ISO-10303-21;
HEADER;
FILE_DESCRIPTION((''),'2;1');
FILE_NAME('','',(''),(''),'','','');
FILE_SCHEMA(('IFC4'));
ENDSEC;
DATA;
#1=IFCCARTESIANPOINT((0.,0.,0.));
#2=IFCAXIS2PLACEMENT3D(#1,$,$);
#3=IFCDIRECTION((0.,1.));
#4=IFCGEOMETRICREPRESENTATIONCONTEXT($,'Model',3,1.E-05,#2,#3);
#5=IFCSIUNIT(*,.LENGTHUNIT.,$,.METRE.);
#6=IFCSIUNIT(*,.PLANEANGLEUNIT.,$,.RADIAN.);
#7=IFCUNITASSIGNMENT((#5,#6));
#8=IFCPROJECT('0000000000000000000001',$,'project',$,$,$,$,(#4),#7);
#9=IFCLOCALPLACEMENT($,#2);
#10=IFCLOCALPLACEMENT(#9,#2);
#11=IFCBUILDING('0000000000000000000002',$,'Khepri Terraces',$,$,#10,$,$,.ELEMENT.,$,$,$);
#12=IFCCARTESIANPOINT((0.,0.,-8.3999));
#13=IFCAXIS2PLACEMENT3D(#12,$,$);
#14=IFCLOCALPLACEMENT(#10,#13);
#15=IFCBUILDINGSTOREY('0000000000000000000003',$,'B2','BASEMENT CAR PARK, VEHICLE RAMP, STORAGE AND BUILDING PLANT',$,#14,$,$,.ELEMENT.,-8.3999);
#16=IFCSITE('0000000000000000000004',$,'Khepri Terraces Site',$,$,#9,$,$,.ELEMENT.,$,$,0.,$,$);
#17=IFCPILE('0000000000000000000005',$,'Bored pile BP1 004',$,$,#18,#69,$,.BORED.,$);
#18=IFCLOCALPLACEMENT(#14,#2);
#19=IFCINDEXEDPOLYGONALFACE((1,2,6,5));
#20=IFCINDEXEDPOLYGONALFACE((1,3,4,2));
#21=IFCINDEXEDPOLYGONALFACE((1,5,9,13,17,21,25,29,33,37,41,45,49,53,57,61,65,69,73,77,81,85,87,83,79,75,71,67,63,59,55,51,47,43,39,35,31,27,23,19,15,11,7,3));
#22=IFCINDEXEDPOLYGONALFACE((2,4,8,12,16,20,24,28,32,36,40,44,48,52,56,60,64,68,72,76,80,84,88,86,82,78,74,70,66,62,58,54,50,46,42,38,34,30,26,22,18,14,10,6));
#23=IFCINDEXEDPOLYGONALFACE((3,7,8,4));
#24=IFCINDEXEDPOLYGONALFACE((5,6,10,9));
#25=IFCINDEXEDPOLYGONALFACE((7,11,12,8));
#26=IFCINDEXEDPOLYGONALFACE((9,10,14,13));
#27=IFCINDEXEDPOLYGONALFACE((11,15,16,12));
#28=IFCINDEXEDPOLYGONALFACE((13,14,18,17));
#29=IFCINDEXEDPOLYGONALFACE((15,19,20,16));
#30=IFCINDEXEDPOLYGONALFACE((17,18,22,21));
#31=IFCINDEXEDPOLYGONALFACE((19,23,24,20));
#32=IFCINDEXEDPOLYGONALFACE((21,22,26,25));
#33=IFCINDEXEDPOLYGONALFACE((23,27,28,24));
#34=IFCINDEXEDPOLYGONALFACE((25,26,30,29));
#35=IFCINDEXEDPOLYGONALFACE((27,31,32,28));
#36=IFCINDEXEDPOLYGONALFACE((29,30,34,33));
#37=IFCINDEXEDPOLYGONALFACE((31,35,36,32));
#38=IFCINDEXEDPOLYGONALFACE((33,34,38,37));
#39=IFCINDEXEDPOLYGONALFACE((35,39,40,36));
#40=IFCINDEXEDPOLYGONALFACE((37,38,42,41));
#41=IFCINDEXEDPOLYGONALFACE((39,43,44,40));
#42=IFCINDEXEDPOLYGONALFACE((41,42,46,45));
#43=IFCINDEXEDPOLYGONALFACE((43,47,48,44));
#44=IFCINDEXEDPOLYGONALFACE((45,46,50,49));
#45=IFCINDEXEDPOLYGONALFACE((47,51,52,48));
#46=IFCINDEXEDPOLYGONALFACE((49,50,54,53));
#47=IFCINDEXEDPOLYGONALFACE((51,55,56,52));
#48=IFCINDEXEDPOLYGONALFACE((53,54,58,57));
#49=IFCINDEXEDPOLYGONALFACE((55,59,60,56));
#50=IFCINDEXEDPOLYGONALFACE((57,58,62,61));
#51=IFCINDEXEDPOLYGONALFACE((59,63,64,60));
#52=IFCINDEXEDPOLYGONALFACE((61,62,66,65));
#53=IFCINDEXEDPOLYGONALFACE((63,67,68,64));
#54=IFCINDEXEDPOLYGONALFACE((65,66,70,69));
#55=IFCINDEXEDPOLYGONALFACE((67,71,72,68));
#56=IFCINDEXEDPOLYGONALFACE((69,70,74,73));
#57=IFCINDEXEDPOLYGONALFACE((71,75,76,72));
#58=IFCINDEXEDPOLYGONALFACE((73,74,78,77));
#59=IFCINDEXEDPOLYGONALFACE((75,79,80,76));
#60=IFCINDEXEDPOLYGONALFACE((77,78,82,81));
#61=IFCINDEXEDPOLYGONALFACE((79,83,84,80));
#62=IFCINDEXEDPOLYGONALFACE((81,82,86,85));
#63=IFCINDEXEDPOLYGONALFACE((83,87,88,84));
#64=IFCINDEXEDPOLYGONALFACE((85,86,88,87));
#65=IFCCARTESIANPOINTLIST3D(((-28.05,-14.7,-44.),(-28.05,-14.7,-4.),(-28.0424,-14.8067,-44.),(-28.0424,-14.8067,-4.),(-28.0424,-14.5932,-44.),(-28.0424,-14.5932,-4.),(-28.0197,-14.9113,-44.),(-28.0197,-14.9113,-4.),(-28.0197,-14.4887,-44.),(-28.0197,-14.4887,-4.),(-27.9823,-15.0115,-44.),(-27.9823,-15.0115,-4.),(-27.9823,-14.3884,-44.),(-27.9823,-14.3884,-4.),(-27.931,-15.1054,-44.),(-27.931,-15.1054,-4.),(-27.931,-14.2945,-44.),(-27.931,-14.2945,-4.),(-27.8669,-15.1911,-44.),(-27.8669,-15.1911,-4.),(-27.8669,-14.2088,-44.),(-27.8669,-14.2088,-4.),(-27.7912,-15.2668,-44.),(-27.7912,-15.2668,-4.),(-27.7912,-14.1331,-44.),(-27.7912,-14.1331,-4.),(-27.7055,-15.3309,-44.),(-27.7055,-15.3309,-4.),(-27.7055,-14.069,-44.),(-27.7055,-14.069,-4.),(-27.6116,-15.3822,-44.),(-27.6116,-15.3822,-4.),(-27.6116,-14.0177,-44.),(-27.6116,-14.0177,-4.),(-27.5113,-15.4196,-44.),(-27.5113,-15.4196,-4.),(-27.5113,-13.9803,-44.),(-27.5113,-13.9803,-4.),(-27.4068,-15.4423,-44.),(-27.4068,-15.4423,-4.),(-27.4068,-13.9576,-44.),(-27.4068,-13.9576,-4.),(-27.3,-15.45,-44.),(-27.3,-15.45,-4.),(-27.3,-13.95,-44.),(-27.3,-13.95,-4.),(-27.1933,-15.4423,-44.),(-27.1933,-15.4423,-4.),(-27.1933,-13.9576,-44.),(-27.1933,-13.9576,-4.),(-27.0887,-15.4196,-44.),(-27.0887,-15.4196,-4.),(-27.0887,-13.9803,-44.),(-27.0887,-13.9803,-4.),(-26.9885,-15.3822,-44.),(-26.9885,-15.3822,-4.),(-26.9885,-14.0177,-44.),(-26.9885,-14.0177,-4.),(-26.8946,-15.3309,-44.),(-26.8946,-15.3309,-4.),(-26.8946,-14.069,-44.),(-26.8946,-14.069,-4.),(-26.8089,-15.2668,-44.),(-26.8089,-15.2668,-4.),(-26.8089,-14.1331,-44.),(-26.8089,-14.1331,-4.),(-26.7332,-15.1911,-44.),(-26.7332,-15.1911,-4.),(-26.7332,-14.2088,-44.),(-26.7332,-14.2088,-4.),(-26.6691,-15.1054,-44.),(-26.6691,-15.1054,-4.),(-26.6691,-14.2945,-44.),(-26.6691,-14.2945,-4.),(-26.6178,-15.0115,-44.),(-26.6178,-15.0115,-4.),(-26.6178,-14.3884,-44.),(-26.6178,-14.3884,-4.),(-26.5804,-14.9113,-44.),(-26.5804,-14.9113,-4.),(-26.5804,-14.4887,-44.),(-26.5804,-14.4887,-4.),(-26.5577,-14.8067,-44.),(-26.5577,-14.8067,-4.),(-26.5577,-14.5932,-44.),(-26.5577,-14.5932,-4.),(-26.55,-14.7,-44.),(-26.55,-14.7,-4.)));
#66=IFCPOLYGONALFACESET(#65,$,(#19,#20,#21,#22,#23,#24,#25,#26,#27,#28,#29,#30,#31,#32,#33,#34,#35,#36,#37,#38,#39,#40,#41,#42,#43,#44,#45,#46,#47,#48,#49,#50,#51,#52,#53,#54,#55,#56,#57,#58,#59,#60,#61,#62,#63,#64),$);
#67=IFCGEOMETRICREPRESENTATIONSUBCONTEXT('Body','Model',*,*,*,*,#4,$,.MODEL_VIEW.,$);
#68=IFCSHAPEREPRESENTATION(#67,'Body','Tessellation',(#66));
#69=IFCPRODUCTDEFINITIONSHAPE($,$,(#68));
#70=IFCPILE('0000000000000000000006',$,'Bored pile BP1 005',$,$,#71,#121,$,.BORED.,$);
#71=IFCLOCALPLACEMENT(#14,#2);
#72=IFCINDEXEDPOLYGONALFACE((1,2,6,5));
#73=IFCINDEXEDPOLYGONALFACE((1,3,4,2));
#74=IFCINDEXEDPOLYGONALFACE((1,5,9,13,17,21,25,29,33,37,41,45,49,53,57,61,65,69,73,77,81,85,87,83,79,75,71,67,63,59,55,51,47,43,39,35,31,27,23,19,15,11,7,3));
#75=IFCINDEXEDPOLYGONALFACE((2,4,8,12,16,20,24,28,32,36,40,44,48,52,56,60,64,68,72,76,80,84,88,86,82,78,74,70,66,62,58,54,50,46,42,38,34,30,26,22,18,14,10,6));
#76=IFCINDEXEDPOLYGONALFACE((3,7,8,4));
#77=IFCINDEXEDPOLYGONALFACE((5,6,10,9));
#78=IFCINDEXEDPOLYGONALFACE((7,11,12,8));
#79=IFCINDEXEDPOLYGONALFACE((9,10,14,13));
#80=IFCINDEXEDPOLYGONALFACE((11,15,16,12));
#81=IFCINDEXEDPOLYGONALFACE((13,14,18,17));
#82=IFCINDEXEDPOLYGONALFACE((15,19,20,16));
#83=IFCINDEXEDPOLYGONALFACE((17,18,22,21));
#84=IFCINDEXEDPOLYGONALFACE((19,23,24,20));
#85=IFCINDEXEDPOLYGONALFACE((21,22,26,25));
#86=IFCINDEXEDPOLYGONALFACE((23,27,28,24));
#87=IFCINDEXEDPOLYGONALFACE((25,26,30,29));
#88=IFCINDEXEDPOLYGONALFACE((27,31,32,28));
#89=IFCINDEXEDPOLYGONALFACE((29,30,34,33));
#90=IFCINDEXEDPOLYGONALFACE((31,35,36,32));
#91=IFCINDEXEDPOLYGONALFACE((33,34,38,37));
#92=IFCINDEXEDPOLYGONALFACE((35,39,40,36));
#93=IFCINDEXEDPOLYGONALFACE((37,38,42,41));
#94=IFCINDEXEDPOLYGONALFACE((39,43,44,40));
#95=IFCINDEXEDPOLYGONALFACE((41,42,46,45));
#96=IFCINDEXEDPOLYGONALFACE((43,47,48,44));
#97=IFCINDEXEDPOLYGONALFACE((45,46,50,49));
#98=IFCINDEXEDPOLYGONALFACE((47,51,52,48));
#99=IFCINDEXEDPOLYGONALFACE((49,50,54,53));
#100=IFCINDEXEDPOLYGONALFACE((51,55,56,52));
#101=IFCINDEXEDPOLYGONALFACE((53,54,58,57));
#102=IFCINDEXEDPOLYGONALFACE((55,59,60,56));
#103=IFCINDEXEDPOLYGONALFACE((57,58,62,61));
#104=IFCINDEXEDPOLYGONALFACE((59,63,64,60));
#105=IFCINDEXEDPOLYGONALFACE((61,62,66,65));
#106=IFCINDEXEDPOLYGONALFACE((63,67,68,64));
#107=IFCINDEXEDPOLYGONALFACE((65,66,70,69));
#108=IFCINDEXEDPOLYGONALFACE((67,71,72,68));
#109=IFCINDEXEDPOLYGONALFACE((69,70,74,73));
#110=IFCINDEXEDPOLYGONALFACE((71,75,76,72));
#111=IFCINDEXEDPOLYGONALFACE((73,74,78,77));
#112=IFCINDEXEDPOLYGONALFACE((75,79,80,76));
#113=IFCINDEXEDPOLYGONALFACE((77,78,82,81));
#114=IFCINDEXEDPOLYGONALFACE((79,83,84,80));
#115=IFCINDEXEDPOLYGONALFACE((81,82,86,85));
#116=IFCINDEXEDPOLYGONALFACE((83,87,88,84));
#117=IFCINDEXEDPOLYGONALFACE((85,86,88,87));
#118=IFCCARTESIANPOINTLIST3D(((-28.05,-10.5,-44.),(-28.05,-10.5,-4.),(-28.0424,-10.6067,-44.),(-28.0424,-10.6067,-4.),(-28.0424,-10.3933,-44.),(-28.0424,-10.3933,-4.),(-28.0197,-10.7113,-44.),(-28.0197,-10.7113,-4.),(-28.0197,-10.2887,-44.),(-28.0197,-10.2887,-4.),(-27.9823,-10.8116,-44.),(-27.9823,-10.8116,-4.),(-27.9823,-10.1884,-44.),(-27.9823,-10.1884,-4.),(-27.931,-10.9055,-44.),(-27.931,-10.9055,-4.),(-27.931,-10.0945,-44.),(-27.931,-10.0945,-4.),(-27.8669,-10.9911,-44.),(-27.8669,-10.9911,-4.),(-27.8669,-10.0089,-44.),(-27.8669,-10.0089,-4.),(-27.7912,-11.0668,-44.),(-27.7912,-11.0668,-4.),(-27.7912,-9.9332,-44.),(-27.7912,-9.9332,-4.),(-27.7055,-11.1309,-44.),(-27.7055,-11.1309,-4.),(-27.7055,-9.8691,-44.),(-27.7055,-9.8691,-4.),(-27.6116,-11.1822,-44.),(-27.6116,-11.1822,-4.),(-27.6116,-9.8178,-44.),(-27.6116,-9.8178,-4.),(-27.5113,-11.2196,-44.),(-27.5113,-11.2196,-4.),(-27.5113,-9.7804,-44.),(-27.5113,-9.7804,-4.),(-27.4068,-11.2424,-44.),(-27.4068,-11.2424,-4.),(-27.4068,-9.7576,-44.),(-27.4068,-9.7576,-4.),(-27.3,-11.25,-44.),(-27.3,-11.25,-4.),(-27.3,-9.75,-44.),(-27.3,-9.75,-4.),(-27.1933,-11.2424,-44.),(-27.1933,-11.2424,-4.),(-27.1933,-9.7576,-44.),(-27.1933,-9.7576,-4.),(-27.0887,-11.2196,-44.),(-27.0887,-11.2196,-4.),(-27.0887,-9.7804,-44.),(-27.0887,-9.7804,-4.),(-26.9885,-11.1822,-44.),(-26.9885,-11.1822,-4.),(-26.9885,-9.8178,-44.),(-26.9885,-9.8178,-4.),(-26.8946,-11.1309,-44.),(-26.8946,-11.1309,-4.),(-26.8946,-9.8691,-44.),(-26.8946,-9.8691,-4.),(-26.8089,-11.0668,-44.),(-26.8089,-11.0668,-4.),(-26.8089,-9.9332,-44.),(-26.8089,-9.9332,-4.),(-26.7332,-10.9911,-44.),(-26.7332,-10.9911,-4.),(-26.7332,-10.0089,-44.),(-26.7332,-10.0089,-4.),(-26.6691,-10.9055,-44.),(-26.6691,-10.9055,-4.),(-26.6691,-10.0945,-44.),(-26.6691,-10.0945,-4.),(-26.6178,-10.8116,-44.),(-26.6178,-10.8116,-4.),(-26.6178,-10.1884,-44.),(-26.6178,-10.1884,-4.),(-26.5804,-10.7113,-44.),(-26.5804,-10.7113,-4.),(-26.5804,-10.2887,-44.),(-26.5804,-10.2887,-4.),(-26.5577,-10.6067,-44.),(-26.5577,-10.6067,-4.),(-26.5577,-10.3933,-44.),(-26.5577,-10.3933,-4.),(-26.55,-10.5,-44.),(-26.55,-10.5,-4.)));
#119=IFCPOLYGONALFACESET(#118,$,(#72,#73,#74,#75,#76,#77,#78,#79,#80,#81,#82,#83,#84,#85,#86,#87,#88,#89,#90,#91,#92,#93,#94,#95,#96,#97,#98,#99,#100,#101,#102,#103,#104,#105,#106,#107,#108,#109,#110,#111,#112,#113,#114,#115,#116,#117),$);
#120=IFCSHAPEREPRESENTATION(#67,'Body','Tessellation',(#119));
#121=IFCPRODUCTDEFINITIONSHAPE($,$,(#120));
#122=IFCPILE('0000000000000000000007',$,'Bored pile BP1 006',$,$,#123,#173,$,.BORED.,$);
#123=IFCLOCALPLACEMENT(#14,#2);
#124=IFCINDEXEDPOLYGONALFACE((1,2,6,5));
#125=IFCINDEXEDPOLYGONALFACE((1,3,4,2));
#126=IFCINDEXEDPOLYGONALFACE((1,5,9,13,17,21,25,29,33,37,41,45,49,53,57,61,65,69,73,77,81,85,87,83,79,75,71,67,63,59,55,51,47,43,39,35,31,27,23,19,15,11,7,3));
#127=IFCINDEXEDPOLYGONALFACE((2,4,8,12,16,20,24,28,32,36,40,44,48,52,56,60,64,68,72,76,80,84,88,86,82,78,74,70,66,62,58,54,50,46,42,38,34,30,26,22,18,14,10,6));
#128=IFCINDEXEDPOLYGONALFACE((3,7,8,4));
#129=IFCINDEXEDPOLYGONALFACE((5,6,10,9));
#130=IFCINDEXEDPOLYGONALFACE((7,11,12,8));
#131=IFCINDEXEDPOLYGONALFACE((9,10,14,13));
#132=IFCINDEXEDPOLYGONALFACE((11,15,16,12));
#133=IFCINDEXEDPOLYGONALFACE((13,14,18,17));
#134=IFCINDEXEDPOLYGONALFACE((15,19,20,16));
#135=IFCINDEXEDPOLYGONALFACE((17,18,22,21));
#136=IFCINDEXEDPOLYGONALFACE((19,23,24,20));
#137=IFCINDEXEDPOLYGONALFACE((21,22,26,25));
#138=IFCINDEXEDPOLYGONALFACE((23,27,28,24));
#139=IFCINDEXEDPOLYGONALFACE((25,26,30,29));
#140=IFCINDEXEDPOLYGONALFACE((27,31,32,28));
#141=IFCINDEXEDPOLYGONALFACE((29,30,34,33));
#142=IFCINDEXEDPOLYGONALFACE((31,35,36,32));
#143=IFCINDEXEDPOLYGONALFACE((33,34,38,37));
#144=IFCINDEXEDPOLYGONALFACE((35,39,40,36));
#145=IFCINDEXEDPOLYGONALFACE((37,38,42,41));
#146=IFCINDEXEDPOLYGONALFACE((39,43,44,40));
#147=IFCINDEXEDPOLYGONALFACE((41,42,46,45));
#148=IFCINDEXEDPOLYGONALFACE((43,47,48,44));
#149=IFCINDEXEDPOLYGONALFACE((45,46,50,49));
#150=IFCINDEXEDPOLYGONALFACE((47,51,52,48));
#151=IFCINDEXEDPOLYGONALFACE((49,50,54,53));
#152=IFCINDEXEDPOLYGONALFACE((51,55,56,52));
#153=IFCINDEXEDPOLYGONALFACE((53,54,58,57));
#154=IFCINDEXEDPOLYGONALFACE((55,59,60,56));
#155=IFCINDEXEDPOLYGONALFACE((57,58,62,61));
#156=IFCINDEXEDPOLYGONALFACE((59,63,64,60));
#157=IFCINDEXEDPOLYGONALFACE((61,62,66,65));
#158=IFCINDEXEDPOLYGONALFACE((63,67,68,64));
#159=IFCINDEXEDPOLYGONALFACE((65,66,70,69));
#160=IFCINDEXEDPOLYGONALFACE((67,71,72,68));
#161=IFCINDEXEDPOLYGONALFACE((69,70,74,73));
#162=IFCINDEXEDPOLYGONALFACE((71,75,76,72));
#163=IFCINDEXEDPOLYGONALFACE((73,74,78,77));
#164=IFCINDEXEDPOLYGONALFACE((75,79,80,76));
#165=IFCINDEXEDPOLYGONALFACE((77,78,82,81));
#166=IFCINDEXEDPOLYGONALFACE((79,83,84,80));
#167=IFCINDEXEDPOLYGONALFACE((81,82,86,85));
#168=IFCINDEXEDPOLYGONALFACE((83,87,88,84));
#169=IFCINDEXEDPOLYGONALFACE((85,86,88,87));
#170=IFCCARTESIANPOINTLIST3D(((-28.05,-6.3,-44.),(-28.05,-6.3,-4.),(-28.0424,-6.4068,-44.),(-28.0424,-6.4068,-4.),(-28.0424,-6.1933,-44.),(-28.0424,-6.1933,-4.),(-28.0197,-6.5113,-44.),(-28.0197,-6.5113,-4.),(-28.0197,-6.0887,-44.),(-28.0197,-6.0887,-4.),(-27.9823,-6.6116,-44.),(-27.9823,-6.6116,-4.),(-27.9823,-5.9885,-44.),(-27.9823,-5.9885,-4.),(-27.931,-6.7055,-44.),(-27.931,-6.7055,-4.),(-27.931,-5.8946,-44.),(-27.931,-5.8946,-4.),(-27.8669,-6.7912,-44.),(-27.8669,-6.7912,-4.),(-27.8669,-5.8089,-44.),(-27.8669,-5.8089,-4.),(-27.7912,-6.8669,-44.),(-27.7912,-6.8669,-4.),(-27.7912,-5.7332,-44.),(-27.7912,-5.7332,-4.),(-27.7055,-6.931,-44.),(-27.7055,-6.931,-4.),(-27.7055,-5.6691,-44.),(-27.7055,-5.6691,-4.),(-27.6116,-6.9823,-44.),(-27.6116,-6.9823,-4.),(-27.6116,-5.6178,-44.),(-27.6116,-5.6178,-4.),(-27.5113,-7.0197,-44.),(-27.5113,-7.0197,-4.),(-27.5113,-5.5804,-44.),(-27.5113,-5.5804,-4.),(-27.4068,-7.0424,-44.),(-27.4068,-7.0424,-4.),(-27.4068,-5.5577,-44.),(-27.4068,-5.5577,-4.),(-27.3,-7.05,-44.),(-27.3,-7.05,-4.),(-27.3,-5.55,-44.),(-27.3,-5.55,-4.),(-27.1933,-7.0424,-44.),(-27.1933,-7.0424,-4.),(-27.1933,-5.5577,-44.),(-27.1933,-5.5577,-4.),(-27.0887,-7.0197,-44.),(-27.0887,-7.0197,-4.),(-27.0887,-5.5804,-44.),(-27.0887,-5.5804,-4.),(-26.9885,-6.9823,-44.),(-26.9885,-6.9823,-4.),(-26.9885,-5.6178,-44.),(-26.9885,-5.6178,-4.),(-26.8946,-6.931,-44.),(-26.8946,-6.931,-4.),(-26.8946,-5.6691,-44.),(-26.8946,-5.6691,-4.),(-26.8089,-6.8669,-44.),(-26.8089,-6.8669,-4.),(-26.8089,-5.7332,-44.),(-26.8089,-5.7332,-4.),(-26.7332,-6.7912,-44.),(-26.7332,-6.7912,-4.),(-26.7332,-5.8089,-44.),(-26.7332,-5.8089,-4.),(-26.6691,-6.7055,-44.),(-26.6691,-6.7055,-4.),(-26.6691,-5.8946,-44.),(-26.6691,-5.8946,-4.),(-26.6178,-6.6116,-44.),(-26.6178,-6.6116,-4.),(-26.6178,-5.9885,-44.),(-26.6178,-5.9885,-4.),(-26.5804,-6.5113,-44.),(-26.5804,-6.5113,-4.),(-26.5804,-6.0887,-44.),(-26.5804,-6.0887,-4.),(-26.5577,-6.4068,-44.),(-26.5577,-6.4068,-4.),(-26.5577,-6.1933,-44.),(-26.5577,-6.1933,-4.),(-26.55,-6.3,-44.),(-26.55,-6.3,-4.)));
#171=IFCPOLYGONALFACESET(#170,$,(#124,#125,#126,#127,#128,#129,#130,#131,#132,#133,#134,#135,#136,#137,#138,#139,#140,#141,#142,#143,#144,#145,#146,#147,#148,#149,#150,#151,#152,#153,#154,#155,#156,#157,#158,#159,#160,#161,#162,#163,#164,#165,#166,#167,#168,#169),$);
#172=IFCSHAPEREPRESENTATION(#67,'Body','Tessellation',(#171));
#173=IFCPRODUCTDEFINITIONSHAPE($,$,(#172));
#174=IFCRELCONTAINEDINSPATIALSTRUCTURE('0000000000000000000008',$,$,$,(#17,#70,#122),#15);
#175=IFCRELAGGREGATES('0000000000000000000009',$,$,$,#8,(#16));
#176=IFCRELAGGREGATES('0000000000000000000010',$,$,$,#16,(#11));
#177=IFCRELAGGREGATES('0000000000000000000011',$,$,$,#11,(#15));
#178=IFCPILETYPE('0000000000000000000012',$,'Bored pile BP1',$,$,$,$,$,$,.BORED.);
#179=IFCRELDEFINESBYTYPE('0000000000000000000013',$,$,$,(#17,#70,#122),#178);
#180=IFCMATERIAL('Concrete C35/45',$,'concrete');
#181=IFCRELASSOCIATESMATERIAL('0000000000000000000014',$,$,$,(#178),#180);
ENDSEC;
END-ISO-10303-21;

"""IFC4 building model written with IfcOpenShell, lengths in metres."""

from ifc_helpers import new_model, si_unit, direction, frame, origin, origin_2d, place, context, subcontext, project, spatial, circle, extrude, material, material_profile, profile_set, type_object, element, save


model = new_model("IFC4")

# Units and contexts
model_context = context("Model", 3, precision=1e-05, world=origin(), true_north=direction((0.0, 1.0)))
body_context = subcontext(model_context, "Body", "Model", "MODEL_VIEW")
ifc_project = project(units=[si_unit("LENGTHUNIT", "METRE"), si_unit("PLANEANGLEUNIT", "RADIAN")], contexts=[model_context])

# Site, building, storey
site_placement = place(None, origin())
site = spatial("IfcSite", under=ifc_project, at=site_placement, Name="Khepri Terraces Site", CompositionType="ELEMENT", RefElevation=0.0)
building_placement = place(site_placement, origin())
building = spatial("IfcBuilding", under=site, at=building_placement, Name="Khepri Terraces", CompositionType="ELEMENT")
storey_placement = place(building_placement, frame((0.0, 0.0, -8.3999)))
storey = spatial("IfcBuildingStorey", under=building, at=storey_placement, Name="B2", Description="BASEMENT CAR PARK, VEHICLE RAMP, STORAGE AND BUILDING PLANT", CompositionType="ELEMENT", Elevation=-8.3999)

# Piles
ifc_material_1 = material(Name="Concrete C35/45", Category="concrete")
ifc_material_profile_1 = material_profile(ifc_material_1, circle(Radius=0.75, at=origin_2d()), Name="Concrete C35/45", Category="concrete")
ifc_profile_set_1 = profile_set([ifc_material_profile_1], Name="Concrete C35/45")
pile_type = type_object("IfcPileType", Name="Bored pile BP1", PredefinedType="BORED", material=ifc_profile_set_1)
for number, where, z_axis, x_axis, name in (
    (1, (-27.3, -14.7, -4.0), (0.0, 0.0, -1.0), (1.0, 0.0, 0.0), "Bored pile BP1 004"),
    (2, (-27.3, -10.5, -4.0), (0.0, 0.0, -1.0), (1.0, 0.0, 0.0), "Bored pile BP1 005"),
    (3, (-27.3, -6.3, -4.0), (0.0, 0.0, -1.0), (1.0, 0.0, 0.0), "Bored pile BP1 006"),
):
    element("IfcPile", number, at=place(storey_placement, frame(where, z_axis=z_axis, x_axis=x_axis)), inside=storey, type_object=pile_type, Name=name, PredefinedType="BORED", context=body_context, shape_type="SweptSolid", body=[
        extrude(circle(Radius=0.75, at=origin_2d()), origin(), (0.0, 0.0, 1.0), 40.0),
    ])

save(model, "model.ifc")
